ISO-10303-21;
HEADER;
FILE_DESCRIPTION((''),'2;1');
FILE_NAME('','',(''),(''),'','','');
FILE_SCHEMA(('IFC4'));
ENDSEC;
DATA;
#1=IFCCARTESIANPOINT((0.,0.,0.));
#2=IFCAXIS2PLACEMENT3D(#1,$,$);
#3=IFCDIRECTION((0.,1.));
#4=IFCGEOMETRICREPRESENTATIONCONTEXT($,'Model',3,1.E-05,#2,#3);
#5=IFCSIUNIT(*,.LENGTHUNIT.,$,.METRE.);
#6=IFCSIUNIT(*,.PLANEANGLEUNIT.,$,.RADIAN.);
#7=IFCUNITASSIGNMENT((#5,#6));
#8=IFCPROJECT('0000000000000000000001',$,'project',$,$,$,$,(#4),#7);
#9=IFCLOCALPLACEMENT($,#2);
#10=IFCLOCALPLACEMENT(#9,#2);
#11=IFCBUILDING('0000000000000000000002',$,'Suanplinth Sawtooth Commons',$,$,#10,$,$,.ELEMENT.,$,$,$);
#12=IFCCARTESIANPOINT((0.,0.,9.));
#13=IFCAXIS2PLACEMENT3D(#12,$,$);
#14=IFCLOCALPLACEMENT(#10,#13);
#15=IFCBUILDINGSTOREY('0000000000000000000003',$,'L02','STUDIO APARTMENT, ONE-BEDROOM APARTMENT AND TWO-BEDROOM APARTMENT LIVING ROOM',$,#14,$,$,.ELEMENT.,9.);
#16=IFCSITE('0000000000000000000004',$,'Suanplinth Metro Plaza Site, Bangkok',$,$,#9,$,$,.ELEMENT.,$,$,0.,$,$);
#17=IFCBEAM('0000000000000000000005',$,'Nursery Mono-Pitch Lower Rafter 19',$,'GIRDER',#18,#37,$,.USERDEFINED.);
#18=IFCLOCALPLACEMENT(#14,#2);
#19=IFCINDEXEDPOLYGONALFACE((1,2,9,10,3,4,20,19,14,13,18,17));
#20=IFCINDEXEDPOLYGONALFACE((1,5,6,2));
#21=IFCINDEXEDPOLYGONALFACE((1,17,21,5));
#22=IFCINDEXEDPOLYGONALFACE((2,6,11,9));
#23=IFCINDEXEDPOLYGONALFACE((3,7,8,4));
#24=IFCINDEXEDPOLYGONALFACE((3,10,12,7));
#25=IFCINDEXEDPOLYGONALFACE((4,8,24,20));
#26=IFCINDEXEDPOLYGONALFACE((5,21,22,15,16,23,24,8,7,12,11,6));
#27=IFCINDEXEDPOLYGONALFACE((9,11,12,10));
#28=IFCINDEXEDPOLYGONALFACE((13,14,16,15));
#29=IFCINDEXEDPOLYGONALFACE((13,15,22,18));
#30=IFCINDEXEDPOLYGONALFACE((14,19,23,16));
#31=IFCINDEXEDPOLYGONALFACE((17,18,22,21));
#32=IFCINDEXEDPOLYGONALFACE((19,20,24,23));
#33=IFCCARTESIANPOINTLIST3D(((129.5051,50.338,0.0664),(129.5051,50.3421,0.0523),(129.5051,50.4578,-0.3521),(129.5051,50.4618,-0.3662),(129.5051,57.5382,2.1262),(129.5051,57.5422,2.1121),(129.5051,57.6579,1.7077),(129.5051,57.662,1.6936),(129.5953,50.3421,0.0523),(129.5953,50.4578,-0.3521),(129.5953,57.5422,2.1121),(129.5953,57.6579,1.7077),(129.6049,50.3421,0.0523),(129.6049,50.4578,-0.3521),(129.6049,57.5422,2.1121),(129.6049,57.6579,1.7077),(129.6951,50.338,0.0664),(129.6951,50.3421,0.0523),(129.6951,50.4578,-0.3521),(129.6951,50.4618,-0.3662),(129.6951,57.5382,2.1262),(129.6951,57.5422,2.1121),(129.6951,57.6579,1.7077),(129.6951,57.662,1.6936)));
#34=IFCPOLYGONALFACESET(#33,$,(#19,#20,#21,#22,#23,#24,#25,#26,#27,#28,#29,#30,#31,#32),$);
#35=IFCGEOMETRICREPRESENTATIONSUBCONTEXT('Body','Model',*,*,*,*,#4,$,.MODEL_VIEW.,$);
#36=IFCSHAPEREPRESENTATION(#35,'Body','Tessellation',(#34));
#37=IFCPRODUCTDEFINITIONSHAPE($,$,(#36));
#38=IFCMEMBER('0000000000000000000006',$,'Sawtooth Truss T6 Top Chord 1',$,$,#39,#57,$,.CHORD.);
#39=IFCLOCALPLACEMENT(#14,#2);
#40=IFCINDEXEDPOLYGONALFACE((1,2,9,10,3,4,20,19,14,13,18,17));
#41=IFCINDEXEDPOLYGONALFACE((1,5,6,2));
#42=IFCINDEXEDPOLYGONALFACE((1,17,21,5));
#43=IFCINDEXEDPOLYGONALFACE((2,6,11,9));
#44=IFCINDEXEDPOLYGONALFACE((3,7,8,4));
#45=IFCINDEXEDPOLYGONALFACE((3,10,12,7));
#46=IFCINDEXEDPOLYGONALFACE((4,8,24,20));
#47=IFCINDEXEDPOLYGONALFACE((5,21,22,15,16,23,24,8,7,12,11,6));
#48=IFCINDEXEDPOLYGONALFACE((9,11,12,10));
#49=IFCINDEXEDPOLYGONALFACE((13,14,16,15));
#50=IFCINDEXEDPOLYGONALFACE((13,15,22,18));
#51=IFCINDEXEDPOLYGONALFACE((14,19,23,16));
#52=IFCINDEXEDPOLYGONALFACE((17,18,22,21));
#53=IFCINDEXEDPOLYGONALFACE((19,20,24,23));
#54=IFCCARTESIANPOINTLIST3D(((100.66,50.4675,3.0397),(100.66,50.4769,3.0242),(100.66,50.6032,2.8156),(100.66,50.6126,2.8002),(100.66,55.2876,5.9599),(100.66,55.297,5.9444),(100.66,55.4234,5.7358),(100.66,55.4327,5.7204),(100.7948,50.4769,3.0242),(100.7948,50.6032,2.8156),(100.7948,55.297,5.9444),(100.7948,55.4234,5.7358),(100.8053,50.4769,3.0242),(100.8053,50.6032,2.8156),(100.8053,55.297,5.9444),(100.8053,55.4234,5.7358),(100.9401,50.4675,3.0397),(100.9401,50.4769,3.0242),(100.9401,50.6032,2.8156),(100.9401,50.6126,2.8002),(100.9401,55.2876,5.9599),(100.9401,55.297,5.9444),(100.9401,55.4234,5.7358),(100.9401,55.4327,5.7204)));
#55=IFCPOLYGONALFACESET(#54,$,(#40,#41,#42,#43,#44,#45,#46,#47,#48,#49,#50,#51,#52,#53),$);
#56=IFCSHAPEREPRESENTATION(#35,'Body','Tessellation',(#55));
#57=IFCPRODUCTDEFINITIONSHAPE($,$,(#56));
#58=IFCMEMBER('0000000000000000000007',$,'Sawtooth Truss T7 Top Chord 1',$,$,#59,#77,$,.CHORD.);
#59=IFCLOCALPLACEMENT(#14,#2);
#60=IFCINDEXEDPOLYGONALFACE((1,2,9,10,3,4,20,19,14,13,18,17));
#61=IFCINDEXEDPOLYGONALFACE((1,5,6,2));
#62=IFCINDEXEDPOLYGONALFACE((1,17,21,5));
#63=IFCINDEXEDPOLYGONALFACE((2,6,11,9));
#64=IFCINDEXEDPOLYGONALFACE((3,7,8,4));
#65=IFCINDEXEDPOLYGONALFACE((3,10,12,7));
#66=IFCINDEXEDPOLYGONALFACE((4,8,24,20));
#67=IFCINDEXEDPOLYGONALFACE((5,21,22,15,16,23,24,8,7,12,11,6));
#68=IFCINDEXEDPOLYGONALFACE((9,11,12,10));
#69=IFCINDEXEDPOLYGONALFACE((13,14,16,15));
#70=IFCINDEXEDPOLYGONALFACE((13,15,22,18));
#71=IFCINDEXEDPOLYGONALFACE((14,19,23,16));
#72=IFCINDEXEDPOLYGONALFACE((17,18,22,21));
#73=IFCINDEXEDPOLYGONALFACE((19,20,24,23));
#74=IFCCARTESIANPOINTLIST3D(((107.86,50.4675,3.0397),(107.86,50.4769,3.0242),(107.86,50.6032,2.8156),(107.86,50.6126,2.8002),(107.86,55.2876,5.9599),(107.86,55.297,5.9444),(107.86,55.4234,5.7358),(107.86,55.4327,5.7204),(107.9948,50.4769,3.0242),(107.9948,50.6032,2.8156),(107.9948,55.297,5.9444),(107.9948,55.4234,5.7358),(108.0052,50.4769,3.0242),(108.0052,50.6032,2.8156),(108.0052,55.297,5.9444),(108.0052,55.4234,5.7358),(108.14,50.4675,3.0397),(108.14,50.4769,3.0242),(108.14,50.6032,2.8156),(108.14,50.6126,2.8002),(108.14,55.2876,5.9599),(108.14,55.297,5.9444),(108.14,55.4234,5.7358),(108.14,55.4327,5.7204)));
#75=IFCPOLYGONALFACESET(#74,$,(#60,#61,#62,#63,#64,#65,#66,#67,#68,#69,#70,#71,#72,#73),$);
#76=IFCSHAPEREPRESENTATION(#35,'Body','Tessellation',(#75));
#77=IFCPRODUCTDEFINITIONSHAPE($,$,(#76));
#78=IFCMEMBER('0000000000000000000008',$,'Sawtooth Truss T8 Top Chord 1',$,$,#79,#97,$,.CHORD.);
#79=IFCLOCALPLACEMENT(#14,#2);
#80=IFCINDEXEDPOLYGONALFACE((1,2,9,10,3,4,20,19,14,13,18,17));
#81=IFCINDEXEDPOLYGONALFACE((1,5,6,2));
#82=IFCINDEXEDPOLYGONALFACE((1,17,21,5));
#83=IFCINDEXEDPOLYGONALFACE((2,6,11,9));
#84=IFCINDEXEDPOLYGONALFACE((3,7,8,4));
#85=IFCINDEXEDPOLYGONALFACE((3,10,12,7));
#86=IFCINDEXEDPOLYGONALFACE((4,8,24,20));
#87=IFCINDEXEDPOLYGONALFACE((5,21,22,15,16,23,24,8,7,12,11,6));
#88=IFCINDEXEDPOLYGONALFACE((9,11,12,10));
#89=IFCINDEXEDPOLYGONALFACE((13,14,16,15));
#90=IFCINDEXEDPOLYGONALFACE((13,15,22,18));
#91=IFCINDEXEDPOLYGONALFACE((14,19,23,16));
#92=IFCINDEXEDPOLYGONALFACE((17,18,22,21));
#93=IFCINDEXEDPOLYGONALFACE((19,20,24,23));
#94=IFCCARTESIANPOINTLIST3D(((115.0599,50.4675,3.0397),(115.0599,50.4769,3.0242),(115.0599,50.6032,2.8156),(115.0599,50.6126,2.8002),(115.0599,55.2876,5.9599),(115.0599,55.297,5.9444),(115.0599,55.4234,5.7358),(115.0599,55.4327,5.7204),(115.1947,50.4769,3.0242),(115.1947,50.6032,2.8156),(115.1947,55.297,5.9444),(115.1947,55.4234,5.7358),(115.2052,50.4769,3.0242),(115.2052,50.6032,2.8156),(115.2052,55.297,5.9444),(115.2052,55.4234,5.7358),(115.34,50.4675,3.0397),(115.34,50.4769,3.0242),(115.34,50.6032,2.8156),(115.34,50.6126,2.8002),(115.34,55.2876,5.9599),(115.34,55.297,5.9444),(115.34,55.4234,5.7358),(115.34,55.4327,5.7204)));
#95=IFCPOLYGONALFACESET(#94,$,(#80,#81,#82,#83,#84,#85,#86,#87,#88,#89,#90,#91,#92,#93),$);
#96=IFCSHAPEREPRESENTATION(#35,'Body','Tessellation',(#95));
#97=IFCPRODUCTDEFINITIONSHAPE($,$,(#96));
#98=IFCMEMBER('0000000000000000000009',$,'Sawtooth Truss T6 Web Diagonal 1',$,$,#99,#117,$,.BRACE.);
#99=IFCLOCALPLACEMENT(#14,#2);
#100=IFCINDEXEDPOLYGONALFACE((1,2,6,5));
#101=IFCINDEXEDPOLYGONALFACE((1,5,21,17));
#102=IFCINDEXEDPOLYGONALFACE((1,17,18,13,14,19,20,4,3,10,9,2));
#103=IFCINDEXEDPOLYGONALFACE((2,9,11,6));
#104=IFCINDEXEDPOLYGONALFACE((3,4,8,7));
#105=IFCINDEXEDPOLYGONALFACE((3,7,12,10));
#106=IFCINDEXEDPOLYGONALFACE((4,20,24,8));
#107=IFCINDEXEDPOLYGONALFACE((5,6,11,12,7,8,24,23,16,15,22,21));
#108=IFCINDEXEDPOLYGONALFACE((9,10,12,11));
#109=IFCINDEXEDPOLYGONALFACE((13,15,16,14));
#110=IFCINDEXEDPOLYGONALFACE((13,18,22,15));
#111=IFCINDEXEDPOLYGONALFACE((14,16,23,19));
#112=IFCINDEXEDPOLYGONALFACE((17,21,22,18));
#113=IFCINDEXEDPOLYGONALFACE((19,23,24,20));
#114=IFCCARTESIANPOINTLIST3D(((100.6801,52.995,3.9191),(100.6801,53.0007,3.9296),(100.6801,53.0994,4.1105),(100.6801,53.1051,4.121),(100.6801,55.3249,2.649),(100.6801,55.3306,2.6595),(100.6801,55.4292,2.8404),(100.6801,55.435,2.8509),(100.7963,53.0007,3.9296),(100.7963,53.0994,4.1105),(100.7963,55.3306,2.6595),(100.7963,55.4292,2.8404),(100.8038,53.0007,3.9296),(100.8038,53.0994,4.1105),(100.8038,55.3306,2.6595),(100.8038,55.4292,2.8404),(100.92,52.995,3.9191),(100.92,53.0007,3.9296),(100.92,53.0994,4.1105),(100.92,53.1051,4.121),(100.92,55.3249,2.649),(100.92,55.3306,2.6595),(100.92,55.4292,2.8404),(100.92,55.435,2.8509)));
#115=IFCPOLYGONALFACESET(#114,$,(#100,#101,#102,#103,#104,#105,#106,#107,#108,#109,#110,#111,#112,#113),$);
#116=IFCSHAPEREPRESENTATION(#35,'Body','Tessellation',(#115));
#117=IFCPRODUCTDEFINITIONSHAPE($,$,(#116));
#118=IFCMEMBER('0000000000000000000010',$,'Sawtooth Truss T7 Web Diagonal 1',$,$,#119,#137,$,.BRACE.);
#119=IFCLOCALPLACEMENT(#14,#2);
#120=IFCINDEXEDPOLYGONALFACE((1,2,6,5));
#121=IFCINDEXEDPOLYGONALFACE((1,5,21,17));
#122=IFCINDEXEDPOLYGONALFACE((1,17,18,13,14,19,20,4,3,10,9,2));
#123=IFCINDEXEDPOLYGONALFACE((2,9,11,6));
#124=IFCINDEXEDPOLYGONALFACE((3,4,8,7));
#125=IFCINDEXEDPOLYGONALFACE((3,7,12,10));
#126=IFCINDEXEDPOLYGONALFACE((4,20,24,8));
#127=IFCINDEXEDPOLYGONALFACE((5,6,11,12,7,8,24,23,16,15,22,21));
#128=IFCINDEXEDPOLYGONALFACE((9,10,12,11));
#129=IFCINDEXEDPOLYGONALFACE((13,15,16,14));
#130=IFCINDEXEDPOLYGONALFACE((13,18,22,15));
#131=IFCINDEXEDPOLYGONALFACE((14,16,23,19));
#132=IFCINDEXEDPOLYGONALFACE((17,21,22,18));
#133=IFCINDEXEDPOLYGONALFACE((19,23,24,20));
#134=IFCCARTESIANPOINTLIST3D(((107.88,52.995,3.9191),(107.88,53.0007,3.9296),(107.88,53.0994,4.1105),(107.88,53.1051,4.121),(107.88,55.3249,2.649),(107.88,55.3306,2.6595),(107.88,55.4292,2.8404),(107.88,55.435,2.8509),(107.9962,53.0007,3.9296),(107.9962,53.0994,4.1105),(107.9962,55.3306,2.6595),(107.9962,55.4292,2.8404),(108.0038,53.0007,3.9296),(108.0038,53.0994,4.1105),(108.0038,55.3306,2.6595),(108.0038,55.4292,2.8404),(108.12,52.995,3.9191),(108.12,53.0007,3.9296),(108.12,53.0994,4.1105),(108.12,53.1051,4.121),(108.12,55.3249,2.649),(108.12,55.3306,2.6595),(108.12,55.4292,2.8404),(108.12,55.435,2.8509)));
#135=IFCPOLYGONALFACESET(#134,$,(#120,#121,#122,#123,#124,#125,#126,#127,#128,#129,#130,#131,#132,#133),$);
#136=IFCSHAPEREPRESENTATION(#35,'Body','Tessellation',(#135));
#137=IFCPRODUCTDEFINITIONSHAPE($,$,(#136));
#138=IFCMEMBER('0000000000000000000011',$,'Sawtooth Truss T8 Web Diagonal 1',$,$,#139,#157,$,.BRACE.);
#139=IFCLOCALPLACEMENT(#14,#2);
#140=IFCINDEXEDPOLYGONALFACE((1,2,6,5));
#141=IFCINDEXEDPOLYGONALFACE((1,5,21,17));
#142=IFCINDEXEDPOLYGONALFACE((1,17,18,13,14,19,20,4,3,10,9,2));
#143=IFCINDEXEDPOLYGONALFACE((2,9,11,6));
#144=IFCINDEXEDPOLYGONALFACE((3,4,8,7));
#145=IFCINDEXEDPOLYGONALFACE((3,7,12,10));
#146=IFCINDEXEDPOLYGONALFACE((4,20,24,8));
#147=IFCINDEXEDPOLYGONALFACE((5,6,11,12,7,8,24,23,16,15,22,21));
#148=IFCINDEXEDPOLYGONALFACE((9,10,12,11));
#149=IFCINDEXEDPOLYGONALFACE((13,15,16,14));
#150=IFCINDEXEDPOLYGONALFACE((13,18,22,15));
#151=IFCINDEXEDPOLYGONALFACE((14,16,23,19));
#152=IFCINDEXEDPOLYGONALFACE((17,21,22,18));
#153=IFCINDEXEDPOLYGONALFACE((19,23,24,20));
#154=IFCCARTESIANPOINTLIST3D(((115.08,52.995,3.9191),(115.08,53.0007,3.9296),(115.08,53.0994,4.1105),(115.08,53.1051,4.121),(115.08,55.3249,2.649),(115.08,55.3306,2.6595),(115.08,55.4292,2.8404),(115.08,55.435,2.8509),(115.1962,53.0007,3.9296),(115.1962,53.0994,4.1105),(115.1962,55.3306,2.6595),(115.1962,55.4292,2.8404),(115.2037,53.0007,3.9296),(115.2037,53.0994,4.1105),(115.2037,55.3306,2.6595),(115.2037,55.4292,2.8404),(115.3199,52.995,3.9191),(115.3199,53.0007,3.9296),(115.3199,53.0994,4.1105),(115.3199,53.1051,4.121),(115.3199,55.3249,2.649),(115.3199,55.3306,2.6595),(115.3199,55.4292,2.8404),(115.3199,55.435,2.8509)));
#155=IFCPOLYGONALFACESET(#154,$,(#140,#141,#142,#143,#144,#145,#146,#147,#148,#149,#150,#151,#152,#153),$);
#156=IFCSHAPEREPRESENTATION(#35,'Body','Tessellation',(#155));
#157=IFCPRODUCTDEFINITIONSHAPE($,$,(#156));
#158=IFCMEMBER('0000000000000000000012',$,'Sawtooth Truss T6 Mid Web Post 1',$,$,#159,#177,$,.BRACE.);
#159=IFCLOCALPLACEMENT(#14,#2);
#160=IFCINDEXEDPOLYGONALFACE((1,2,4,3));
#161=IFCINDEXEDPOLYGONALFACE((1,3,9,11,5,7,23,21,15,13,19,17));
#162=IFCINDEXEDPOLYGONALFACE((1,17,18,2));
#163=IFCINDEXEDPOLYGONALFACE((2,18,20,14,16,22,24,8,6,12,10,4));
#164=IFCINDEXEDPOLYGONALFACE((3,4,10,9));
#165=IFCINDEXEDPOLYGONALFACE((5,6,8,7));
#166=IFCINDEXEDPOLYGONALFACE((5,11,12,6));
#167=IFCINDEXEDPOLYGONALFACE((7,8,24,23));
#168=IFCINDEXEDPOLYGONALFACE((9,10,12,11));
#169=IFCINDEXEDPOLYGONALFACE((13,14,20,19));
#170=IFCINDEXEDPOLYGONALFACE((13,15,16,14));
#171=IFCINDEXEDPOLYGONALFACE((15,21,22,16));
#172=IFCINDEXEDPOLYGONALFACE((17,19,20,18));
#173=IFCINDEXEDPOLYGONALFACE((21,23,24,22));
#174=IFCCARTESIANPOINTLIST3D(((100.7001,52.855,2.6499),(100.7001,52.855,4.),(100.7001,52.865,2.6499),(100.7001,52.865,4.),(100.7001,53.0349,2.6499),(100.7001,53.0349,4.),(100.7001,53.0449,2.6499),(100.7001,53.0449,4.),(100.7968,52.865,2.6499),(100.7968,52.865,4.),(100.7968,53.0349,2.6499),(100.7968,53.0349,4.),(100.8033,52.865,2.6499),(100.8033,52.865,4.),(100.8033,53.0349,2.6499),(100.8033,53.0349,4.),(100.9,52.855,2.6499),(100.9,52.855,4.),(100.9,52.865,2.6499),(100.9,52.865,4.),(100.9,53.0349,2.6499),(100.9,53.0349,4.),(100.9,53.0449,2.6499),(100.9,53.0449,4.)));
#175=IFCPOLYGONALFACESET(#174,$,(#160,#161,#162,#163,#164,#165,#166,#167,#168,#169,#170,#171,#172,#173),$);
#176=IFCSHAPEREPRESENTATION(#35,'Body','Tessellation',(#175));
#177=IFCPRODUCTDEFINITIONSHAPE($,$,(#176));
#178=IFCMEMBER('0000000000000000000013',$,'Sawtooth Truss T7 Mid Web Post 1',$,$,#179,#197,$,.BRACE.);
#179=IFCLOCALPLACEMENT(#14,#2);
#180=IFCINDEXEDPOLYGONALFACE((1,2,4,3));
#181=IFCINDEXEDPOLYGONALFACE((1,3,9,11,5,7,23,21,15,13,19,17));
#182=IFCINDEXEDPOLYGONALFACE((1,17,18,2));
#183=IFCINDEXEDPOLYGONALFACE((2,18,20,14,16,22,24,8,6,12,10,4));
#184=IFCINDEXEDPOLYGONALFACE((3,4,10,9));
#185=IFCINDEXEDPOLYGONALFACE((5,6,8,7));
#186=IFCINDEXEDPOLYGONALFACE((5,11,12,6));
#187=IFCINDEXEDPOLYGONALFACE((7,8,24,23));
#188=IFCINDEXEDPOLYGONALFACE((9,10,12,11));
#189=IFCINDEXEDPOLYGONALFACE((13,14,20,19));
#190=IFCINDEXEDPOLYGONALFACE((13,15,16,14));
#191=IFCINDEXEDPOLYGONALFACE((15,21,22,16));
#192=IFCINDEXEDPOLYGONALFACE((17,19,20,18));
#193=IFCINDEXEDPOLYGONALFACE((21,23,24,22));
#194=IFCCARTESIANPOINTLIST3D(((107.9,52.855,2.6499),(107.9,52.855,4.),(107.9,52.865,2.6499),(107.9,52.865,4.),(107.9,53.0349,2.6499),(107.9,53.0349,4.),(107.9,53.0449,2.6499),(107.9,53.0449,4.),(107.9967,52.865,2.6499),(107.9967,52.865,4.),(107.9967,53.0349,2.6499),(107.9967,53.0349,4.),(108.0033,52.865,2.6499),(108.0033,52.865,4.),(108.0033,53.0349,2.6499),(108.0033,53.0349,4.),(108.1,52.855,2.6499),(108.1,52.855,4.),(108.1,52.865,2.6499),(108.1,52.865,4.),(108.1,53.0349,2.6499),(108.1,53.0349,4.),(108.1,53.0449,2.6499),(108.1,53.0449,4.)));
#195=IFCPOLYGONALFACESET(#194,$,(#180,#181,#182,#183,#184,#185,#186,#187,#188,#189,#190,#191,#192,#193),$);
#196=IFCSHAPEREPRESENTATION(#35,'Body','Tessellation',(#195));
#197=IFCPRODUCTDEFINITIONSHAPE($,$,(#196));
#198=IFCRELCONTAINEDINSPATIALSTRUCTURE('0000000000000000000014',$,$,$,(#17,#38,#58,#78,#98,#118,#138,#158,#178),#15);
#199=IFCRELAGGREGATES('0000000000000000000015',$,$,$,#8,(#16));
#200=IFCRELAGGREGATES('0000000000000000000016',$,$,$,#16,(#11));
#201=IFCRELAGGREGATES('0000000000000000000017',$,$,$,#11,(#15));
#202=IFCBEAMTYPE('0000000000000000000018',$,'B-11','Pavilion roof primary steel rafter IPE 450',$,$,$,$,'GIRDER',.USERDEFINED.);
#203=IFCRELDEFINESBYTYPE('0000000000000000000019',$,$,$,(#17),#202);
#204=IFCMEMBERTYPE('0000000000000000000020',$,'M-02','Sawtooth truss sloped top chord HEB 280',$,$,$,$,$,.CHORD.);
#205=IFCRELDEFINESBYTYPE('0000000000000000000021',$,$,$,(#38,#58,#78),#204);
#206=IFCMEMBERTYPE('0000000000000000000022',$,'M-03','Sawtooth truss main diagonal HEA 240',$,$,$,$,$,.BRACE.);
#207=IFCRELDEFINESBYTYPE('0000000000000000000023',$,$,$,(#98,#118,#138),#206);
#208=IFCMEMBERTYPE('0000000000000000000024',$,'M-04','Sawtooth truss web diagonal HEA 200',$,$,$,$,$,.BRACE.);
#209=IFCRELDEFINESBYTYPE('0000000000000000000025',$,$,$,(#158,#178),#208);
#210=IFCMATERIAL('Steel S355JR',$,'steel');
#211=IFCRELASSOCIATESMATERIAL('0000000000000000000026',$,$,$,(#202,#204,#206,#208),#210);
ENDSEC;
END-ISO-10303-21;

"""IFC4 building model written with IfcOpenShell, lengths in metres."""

from ifc_helpers import new_model, si_unit, direction, frame, origin, origin_2d, place, context, subcontext, project, spatial, i_section, extrude, material, material_profile, profile_set, type_object, element, save


model = new_model("IFC4")

# Units and contexts
model_context = context("Model", 3, precision=1e-05, world=origin(), true_north=direction((0.0, 1.0)))
body_context = subcontext(model_context, "Body", "Model", "MODEL_VIEW")
ifc_project = project(units=[si_unit("LENGTHUNIT", "METRE"), si_unit("PLANEANGLEUNIT", "RADIAN")], contexts=[model_context])

# Site, building, storey
site_placement = place(None, origin())
site = spatial("IfcSite", under=ifc_project, at=site_placement, Name="Suanplinth Metro Plaza Site, Bangkok", CompositionType="ELEMENT", RefElevation=0.0)
building_placement = place(site_placement, origin())
building = spatial("IfcBuilding", under=site, at=building_placement, Name="Suanplinth Sawtooth Commons", CompositionType="ELEMENT")
storey_placement = place(building_placement, frame((0.0, 0.0, 9.0)))
storey = spatial("IfcBuildingStorey", under=building, at=storey_placement, Name="L02", Description="STUDIO APARTMENT, ONE-BEDROOM APARTMENT AND TWO-BEDROOM APARTMENT LIVING ROOM", CompositionType="ELEMENT", Elevation=9.0)

# Beam
ifc_material_1 = material(Name="Steel S355JR", Category="steel")
ifc_material_profile_1 = material_profile(ifc_material_1, i_section(OverallWidth=0.1899, OverallDepth=0.45, WebThickness=0.0095, FlangeThickness=0.0146, at=origin_2d()), Name="IPE 450")
ifc_profile_set_1 = profile_set([ifc_material_profile_1], Name="Steel S355JR")
beam_type = type_object("IfcBeamType", Name="B-11", Description="Pavilion roof primary steel rafter IPE 450", ElementType="GIRDER", PredefinedType="USERDEFINED", material=ifc_profile_set_1)
beam_placement = place(storey_placement, frame((129.6001, 50.3999, -0.1499), z_axis=(0.0, 0.961432, 0.275044), x_axis=(-1.0, 0.0, 0.0)))
element("IfcBeam", 1, at=beam_placement, inside=storey, type_object=beam_type, Name="Nursery Mono-Pitch Lower Rafter 19", ObjectType="GIRDER", PredefinedType="USERDEFINED", context=body_context, shape_type="SweptSolid", body=[
    extrude(i_section(OverallWidth=0.1899, OverallDepth=0.45, WebThickness=0.0095, FlangeThickness=0.0146, at=origin_2d()), origin(), (0.0, 0.0, 1.0), 7.489),
])

# Members
ifc_material_profile_2 = material_profile(ifc_material_1, i_section(OverallWidth=0.28, OverallDepth=0.28, WebThickness=0.0105, FlangeThickness=0.0181, at=origin_2d()), Name="HEB 280")
ifc_profile_set_2 = profile_set([ifc_material_profile_2], Name="Steel S355JR")
member_type_1 = type_object("IfcMemberType", Name="M-02", Description="Sawtooth truss sloped top chord HEB 280", PredefinedType="CHORD", material=ifc_profile_set_2)
for number, where, z_axis, x_axis, name in (
    (2, (100.8, 50.54, 2.9199), (0.0, 0.855283, 0.518161), (-1.0, 0.0, 0.0), "Sawtooth Truss T6 Top Chord 1"),
    (3, (108.0, 50.54, 2.9199), (0.0, 0.855283, 0.518161), (-1.0, 0.0, 0.0), "Sawtooth Truss T7 Top Chord 1"),
    (4, (115.2, 50.54, 2.9199), (0.0, 0.855283, 0.518161), (-1.0, 0.0, 0.0), "Sawtooth Truss T8 Top Chord 1"),
):
    element("IfcMember", number, at=place(storey_placement, frame(where, z_axis=z_axis, x_axis=x_axis)), inside=storey, type_object=member_type_1, Name=name, PredefinedType="CHORD", context=body_context, shape_type="SweptSolid", body=[
        extrude(i_section(OverallWidth=0.28, OverallDepth=0.28, WebThickness=0.0105, FlangeThickness=0.0181, at=origin_2d()), origin(), (0.0, 0.0, 1.0), 5.6357),
    ])
ifc_material_profile_3 = material_profile(ifc_material_1, i_section(OverallWidth=0.24, OverallDepth=0.23, WebThickness=0.0076, FlangeThickness=0.012, at=origin_2d()), Name="HEA 240")
ifc_profile_set_3 = profile_set([ifc_material_profile_3], Name="Steel S355JR")
member_type_2 = type_object("IfcMemberType", Name="M-03", Description="Sawtooth truss main diagonal HEA 240", PredefinedType="BRACE", material=ifc_profile_set_3)
for number, where, z_axis, x_axis, name in (
    (5, (100.8, 53.05, 4.02), (0.0, 0.878022, -0.47862), (-1.0, 0.0, 0.0), "Sawtooth Truss T6 Web Diagonal 1"),
    (6, (108.0, 53.05, 4.02), (0.0, 0.878022, -0.47862), (-1.0, 0.0, 0.0), "Sawtooth Truss T7 Web Diagonal 1"),
    (7, (115.2, 53.05, 4.02), (0.0, 0.878022, -0.47862), (-1.0, 0.0, 0.0), "Sawtooth Truss T8 Web Diagonal 1"),
):
    element("IfcMember", number, at=place(storey_placement, frame(where, z_axis=z_axis, x_axis=x_axis)), inside=storey, type_object=member_type_2, Name=name, PredefinedType="BRACE", context=body_context, shape_type="SweptSolid", body=[
        extrude(i_section(OverallWidth=0.24, OverallDepth=0.23, WebThickness=0.0076, FlangeThickness=0.012, at=origin_2d()), origin(), (0.0, 0.0, 1.0), 2.6536),
    ])
ifc_material_profile_4 = material_profile(ifc_material_1, i_section(OverallWidth=0.2, OverallDepth=0.1899, WebThickness=0.0066, FlangeThickness=0.01, at=origin_2d()), Name="HEA 200")
ifc_profile_set_4 = profile_set([ifc_material_profile_4], Name="Steel S355JR")
member_type_3 = type_object("IfcMemberType", Name="M-04", Description="Sawtooth truss web diagonal HEA 200", PredefinedType="BRACE", material=ifc_profile_set_4)
for number, where, z_axis, x_axis, name in (
    (8, (100.8, 52.95, 2.6499), (0.0, 0.0, 1.0), (1.0, 0.0, 0.0), "Sawtooth Truss T6 Mid Web Post 1"),
    (9, (108.0, 52.95, 2.6499), (0.0, 0.0, 1.0), (1.0, 0.0, 0.0), "Sawtooth Truss T7 Mid Web Post 1"),
):
    element("IfcMember", number, at=place(storey_placement, frame(where, z_axis=z_axis, x_axis=x_axis)), inside=storey, type_object=member_type_3, Name=name, PredefinedType="BRACE", context=body_context, shape_type="SweptSolid", body=[
        extrude(i_section(OverallWidth=0.2, OverallDepth=0.1899, WebThickness=0.0066, FlangeThickness=0.01, at=origin_2d()), origin(), (0.0, 0.0, 1.0), 1.3501),
    ])

save(model, "model.ifc")
